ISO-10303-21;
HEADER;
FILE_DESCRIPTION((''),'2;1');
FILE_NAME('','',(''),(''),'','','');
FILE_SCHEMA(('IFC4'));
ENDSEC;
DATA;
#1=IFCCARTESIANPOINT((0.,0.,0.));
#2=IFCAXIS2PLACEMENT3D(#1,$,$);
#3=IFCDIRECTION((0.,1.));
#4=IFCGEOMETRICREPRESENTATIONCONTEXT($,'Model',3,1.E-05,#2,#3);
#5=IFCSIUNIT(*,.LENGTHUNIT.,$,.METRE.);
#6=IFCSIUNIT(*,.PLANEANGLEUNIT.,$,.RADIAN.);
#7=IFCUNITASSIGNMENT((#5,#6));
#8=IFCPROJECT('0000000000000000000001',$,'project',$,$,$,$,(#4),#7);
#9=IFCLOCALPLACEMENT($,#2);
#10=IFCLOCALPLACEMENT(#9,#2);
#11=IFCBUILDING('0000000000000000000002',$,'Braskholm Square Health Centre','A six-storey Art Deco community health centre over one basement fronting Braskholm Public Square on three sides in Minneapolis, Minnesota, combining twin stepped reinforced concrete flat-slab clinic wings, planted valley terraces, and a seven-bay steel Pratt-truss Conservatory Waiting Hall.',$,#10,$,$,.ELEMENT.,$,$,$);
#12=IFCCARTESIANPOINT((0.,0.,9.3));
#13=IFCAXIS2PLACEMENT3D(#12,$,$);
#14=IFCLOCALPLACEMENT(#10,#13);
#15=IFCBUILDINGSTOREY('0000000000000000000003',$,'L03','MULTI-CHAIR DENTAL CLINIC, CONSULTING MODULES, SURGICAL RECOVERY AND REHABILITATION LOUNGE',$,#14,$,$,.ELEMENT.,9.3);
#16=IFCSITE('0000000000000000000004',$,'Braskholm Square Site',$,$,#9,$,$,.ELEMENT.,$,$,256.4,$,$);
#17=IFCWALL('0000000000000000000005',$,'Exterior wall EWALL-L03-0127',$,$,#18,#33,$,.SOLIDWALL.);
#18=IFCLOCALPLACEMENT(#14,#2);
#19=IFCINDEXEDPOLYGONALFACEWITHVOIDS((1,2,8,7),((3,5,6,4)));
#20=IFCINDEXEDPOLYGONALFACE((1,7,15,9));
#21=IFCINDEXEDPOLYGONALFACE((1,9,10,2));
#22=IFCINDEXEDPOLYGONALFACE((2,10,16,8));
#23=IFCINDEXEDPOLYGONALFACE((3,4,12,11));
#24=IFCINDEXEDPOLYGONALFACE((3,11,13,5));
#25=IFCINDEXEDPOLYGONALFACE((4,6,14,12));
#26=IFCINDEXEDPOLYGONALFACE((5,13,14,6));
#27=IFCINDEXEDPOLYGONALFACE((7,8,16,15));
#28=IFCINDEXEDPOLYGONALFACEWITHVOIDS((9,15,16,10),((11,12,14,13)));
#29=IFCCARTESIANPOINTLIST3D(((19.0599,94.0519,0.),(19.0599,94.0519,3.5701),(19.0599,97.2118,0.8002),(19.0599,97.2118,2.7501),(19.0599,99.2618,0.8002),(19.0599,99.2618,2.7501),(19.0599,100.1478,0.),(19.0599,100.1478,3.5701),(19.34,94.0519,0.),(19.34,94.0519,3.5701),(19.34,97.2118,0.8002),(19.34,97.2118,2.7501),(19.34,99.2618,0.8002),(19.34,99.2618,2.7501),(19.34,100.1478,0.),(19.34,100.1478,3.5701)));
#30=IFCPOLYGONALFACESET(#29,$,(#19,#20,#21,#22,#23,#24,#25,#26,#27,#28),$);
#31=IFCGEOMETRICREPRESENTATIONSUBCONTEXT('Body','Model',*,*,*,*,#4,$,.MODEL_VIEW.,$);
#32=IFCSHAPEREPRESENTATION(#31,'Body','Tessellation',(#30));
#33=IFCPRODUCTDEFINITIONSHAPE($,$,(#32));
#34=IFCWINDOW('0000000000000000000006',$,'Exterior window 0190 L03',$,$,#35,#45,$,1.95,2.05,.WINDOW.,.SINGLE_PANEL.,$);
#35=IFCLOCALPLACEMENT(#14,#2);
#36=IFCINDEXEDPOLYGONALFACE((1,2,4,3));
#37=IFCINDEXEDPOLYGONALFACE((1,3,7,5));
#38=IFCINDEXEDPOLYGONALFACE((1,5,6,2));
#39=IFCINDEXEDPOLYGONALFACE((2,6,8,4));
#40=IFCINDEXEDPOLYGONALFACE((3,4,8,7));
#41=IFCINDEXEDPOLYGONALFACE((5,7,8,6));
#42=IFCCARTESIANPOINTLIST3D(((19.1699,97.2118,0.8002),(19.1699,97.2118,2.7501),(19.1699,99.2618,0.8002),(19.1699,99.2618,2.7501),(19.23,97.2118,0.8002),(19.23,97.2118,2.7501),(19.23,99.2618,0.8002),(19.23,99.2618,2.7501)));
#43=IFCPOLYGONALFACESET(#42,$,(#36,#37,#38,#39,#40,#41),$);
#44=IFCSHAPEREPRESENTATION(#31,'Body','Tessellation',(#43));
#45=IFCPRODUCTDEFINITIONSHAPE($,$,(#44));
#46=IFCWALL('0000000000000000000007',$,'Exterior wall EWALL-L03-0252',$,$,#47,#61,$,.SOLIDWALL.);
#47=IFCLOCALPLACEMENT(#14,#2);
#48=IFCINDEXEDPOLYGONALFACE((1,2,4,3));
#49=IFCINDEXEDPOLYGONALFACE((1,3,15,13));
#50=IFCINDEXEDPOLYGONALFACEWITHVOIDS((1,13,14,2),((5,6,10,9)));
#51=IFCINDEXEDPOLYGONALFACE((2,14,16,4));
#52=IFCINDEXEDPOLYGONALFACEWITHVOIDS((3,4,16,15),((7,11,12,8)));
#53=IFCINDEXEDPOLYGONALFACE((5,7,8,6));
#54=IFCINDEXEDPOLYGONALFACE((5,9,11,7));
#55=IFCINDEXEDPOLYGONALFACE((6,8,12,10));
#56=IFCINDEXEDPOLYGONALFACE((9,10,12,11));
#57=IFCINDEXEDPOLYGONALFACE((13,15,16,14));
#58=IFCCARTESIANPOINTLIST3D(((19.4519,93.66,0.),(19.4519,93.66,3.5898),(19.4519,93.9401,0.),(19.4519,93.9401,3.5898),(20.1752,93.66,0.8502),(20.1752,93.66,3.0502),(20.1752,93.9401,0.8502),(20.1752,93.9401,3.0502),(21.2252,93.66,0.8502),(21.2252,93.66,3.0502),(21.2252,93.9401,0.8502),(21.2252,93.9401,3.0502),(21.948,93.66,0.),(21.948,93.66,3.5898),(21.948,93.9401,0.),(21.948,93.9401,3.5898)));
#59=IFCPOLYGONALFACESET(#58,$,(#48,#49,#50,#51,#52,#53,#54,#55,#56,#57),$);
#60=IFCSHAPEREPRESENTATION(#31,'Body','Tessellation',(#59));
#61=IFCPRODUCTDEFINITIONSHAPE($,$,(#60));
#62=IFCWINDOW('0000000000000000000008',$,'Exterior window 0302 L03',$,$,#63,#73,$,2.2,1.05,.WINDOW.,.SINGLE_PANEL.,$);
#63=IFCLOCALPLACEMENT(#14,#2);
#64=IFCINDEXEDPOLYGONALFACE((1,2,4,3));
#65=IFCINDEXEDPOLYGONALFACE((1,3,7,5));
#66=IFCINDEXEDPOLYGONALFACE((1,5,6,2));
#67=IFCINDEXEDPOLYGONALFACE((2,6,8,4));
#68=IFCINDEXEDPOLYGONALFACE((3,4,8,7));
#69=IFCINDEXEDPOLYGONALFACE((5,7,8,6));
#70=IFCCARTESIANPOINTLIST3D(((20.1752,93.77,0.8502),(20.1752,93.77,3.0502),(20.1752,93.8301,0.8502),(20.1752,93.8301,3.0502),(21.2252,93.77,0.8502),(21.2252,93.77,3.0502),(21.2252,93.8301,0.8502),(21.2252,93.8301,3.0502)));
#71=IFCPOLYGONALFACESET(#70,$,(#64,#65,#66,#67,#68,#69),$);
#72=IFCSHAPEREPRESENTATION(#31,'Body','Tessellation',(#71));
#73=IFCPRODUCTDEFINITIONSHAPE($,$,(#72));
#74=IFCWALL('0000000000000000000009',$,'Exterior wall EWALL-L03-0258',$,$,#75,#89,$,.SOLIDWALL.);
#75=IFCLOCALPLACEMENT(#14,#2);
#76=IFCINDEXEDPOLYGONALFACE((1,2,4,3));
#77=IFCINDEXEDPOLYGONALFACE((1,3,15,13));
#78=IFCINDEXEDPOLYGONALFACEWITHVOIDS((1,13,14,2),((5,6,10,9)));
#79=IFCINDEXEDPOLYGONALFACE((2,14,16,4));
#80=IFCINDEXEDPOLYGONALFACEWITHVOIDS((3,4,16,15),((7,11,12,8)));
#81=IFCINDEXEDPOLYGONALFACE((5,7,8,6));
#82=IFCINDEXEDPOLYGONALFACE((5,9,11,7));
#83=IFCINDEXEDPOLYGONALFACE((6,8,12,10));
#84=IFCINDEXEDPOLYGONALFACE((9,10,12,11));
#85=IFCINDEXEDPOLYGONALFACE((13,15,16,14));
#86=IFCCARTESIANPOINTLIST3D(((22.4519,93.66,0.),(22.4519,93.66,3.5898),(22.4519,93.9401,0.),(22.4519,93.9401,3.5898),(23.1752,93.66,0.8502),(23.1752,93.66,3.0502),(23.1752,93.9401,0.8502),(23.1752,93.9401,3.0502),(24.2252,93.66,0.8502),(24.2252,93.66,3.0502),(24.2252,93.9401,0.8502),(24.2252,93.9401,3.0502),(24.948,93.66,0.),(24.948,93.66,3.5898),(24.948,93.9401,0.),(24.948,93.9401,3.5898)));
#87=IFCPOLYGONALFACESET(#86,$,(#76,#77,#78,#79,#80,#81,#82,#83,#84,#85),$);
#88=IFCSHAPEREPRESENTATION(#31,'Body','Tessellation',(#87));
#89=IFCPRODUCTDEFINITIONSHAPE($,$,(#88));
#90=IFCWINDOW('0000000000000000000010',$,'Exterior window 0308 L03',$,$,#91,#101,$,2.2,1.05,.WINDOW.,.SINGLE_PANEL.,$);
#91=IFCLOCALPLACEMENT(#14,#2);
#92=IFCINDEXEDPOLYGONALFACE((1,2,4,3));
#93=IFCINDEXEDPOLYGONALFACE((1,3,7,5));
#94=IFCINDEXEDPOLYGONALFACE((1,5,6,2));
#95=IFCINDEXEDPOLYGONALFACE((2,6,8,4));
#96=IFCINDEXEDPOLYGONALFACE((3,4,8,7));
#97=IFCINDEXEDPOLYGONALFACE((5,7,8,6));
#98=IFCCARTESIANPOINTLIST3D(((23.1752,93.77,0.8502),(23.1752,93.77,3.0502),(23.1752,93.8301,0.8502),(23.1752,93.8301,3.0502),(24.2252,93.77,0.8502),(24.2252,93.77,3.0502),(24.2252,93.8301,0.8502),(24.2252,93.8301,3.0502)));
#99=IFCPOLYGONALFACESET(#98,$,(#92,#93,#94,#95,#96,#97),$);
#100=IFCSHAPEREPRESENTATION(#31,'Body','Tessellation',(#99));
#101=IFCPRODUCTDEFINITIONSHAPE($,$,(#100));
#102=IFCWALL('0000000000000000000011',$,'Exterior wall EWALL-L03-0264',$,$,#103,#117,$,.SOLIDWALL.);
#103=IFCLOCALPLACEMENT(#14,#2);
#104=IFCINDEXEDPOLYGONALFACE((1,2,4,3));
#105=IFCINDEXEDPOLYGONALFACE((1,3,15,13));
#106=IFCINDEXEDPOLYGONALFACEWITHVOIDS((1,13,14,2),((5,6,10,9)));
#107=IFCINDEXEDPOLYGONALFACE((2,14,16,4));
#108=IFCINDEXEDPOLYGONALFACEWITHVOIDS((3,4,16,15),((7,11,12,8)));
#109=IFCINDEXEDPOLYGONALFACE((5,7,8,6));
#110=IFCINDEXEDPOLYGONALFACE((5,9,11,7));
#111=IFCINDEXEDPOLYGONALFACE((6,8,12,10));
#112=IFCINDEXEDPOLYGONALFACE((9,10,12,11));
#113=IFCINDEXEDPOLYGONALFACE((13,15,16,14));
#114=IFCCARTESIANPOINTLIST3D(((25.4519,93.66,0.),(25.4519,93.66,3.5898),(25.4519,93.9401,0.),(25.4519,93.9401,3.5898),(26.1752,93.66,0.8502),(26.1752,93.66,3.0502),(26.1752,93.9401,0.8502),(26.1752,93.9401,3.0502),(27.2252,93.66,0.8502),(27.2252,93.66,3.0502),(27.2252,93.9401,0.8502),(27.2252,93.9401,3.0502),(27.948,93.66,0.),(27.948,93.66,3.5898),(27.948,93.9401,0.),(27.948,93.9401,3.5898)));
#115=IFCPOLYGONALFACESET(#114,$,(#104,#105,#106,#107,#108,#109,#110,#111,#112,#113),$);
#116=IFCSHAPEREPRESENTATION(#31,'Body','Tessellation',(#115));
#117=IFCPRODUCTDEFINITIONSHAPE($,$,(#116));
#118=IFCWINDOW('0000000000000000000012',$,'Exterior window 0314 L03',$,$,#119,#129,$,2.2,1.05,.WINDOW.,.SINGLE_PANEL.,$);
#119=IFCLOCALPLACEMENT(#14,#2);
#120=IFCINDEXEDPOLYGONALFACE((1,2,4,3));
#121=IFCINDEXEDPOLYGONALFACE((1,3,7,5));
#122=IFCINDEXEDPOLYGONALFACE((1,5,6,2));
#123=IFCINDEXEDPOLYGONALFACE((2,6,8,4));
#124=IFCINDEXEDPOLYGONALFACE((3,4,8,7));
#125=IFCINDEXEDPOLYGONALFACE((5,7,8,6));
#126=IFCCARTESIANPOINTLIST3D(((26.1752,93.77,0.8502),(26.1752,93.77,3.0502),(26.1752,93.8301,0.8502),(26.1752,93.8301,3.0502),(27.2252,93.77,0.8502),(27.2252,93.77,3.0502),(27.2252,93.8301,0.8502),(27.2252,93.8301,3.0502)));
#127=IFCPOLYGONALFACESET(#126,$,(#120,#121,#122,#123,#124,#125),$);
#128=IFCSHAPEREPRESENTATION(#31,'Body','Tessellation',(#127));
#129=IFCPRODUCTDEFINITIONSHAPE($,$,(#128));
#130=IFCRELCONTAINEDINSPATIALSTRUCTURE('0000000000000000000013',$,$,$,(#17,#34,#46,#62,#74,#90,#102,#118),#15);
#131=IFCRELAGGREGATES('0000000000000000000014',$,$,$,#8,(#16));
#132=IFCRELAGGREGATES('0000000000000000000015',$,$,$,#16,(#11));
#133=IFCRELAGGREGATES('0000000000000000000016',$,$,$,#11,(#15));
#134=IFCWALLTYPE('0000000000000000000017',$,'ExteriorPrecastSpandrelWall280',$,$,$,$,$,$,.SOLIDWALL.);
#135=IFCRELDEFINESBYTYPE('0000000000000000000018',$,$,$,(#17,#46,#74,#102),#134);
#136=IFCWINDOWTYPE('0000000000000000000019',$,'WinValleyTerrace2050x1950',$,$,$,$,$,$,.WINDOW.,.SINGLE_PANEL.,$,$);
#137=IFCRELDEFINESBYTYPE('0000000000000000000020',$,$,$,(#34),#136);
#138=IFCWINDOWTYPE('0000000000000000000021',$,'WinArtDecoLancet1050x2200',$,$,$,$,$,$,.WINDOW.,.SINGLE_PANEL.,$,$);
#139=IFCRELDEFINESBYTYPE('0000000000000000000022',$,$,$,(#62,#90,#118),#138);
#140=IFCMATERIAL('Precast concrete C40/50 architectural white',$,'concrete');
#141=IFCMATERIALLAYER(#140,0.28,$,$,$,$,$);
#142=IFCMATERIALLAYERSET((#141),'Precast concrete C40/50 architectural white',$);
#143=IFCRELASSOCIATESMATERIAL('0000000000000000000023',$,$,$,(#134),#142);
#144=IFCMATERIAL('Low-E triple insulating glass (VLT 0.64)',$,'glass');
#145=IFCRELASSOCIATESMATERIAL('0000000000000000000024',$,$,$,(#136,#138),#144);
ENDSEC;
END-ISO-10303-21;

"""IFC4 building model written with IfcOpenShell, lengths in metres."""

from ifc_helpers import new_model, si_unit, direction, frame, frame_2d, origin, origin_with_axes, place, context, subcontext, project, spatial, rectangle, extrude, material, layer, layer_set, type_object, element, fill, save


model = new_model("IFC4")

# Units and contexts
model_context = context("Model", 3, precision=1e-05, world=origin(), true_north=direction((0.0, 1.0)))
body_context = subcontext(model_context, "Body", "Model", "MODEL_VIEW")
ifc_project = project(units=[si_unit("LENGTHUNIT", "METRE"), si_unit("PLANEANGLEUNIT", "RADIAN")], contexts=[model_context])

# Site, building, storey
site_placement = place(None, origin())
site = spatial("IfcSite", under=ifc_project, at=site_placement, Name="Braskholm Square Site", CompositionType="ELEMENT", RefElevation=256.4)
building_placement = place(site_placement, origin())
building = spatial("IfcBuilding", under=site, at=building_placement, Name="Braskholm Square Health Centre", Description="A six-storey Art Deco community health centre over one basement fronting Braskholm Public Square on three sides in Minneapolis, Minnesota, combining twin stepped reinforced concrete flat-slab clinic wings, planted valley terraces, and a seven-bay steel Pratt-truss Conservatory Waiting Hall.", CompositionType="ELEMENT")
storey_placement = place(building_placement, frame((0.0, 0.0, 9.3)))
storey = spatial("IfcBuildingStorey", under=building, at=storey_placement, Name="L03", Description="MULTI-CHAIR DENTAL CLINIC, CONSULTING MODULES, SURGICAL RECOVERY AND REHABILITATION LOUNGE", CompositionType="ELEMENT", Elevation=9.3)

# Shared definitions
ifc_material_1 = material(Name="Precast concrete C40/50 architectural white", Category="concrete")

# Walls, openings, windows
ifc_layer_1 = layer(ifc_material_1, 0.28)
ifc_layer_set_1 = layer_set([ifc_layer_1], Name="Precast concrete C40/50 architectural white")
wall_type_1 = type_object("IfcWallType", Name="ExteriorPrecastSpandrelWall280", PredefinedType="SOLIDWALL", material=ifc_layer_set_1)
wall_1_placement = place(storey_placement, frame((19.2, 94.052, 0.0), z_axis=(0.0, 0.0, 1.0), x_axis=(0.0, 1.0, 0.0)))
wall_1 = element("IfcWall", 1, at=wall_1_placement, inside=storey, type_object=wall_type_1, Name="Exterior wall EWALL-L03-0127", PredefinedType="SOLIDWALL", context=body_context, shape_type="SweptSolid", body=[
    extrude(rectangle(XDim=6.0959, YDim=0.28, at=frame_2d((3.0479, 0.0))), origin(), (0.0, 0.0, 1.0), 3.5701),
])
opening_1_placement = place(wall_1_placement, frame((3.1599, 0.0, 0.8)))
opening_1 = element("IfcOpeningElement", 2, at=opening_1_placement, cuts=wall_1, PredefinedType="OPENING", context=body_context, shape_type="SweptSolid", body=[
    extrude(rectangle(XDim=2.05, YDim=1.95, at=frame_2d((1.0249, 0.9751))), frame((0.0, 0.1499, 0.0), z_axis=(0.0, -1.0, 0.0), x_axis=(1.0, 0.0, 0.0)), (0.0, 0.0, 1.0), 0.3),
])
ifc_material_2 = material(Name="Low-E triple insulating glass (VLT 0.64)", Category="glass")
window_type_1 = type_object("IfcWindowType", Name="WinValleyTerrace2050x1950", PartitioningType="SINGLE_PANEL", PredefinedType="WINDOW", material=ifc_material_2)
window_1_placement = place(opening_1_placement, origin_with_axes())
window_1 = element("IfcWindow", 3, at=window_1_placement, inside=storey, type_object=window_type_1, Name="Exterior window 0190 L03", OverallHeight=1.95, OverallWidth=2.05, PartitioningType="SINGLE_PANEL", PredefinedType="WINDOW", context=body_context, shape_type="SweptSolid", body=[
    extrude(rectangle(XDim=2.05, YDim=1.95, at=frame_2d((1.0249, 0.9751))), frame((0.0, 0.03, 0.0), z_axis=(0.0, -1.0, 0.0), x_axis=(1.0, 0.0, 0.0)), (0.0, 0.0, 1.0), 0.0601),
])
fill(opening_1, window_1)
wall_2_placement = place(storey_placement, frame((21.948, 93.8, 0.0), z_axis=(0.0, 0.0, 1.0), x_axis=(-1.0, 0.0, 0.0)))
wall_2 = element("IfcWall", 4, at=wall_2_placement, inside=storey, type_object=wall_type_1, Name="Exterior wall EWALL-L03-0252", PredefinedType="SOLIDWALL", context=body_context, shape_type="SweptSolid", body=[
    extrude(rectangle(XDim=2.4961, YDim=0.28, at=frame_2d((1.248, 0.0))), origin(), (0.0, 0.0, 1.0), 3.5898),
])
opening_2_placement = place(wall_2_placement, frame((0.7229, 0.0, 0.8501)))
opening_2 = element("IfcOpeningElement", 5, at=opening_2_placement, cuts=wall_2, PredefinedType="OPENING", context=body_context, shape_type="SweptSolid", body=[
    extrude(rectangle(XDim=1.05, YDim=2.2, at=frame_2d((0.5249, 1.1001))), frame((0.0, 0.1499, 0.0), z_axis=(0.0, -1.0, 0.0), x_axis=(1.0, 0.0, 0.0)), (0.0, 0.0, 1.0), 0.3),
])
window_type_2 = type_object("IfcWindowType", Name="WinArtDecoLancet1050x2200", PartitioningType="SINGLE_PANEL", PredefinedType="WINDOW", material=ifc_material_2)
window_2_placement = place(opening_2_placement, origin_with_axes())
window_2 = element("IfcWindow", 6, at=window_2_placement, inside=storey, type_object=window_type_2, Name="Exterior window 0302 L03", OverallHeight=2.2, OverallWidth=1.05, PartitioningType="SINGLE_PANEL", PredefinedType="WINDOW", context=body_context, shape_type="SweptSolid", body=[
    extrude(rectangle(XDim=1.05, YDim=2.2, at=frame_2d((0.5249, 1.1001))), frame((0.0, 0.03, 0.0), z_axis=(0.0, -1.0, 0.0), x_axis=(1.0, 0.0, 0.0)), (0.0, 0.0, 1.0), 0.0601),
])
fill(opening_2, window_2)
wall_3_placement = place(storey_placement, frame((24.948, 93.8, 0.0), z_axis=(0.0, 0.0, 1.0), x_axis=(-1.0, 0.0, 0.0)))
wall_3 = element("IfcWall", 7, at=wall_3_placement, inside=storey, type_object=wall_type_1, Name="Exterior wall EWALL-L03-0258", PredefinedType="SOLIDWALL", context=body_context, shape_type="SweptSolid", body=[
    extrude(rectangle(XDim=2.4961, YDim=0.28, at=frame_2d((1.248, 0.0))), origin(), (0.0, 0.0, 1.0), 3.5898),
])
opening_3_placement = place(wall_3_placement, frame((0.7229, 0.0, 0.8501)))
opening_3 = element("IfcOpeningElement", 8, at=opening_3_placement, cuts=wall_3, PredefinedType="OPENING", context=body_context, shape_type="SweptSolid", body=[
    extrude(rectangle(XDim=1.05, YDim=2.2, at=frame_2d((0.5249, 1.1001))), frame((0.0, 0.1499, 0.0), z_axis=(0.0, -1.0, 0.0), x_axis=(1.0, 0.0, 0.0)), (0.0, 0.0, 1.0), 0.3),
])
window_3_placement = place(opening_3_placement, origin_with_axes())
window_3 = element("IfcWindow", 9, at=window_3_placement, inside=storey, type_object=window_type_2, Name="Exterior window 0308 L03", OverallHeight=2.2, OverallWidth=1.05, PartitioningType="SINGLE_PANEL", PredefinedType="WINDOW", context=body_context, shape_type="SweptSolid", body=[
    extrude(rectangle(XDim=1.05, YDim=2.2, at=frame_2d((0.5249, 1.1001))), frame((0.0, 0.03, 0.0), z_axis=(0.0, -1.0, 0.0), x_axis=(1.0, 0.0, 0.0)), (0.0, 0.0, 1.0), 0.0601),
])
fill(opening_3, window_3)
wall_4_placement = place(storey_placement, frame((27.948, 93.8, 0.0), z_axis=(0.0, 0.0, 1.0), x_axis=(-1.0, 0.0, 0.0)))
wall_4 = element("IfcWall", 10, at=wall_4_placement, inside=storey, type_object=wall_type_1, Name="Exterior wall EWALL-L03-0264", PredefinedType="SOLIDWALL", context=body_context, shape_type="SweptSolid", body=[
    extrude(rectangle(XDim=2.4961, YDim=0.28, at=frame_2d((1.248, 0.0))), origin(), (0.0, 0.0, 1.0), 3.5898),
])
opening_4_placement = place(wall_4_placement, frame((0.7229, 0.0, 0.8501)))
opening_4 = element("IfcOpeningElement", 11, at=opening_4_placement, cuts=wall_4, PredefinedType="OPENING", context=body_context, shape_type="SweptSolid", body=[
    extrude(rectangle(XDim=1.05, YDim=2.2, at=frame_2d((0.5249, 1.1001))), frame((0.0, 0.1499, 0.0), z_axis=(0.0, -1.0, 0.0), x_axis=(1.0, 0.0, 0.0)), (0.0, 0.0, 1.0), 0.3),
])
window_4_placement = place(opening_4_placement, origin_with_axes())
window_4 = element("IfcWindow", 12, at=window_4_placement, inside=storey, type_object=window_type_2, Name="Exterior window 0314 L03", OverallHeight=2.2, OverallWidth=1.05, PartitioningType="SINGLE_PANEL", PredefinedType="WINDOW", context=body_context, shape_type="SweptSolid", body=[
    extrude(rectangle(XDim=1.05, YDim=2.2, at=frame_2d((0.5249, 1.1001))), frame((0.0, 0.03, 0.0), z_axis=(0.0, -1.0, 0.0), x_axis=(1.0, 0.0, 0.0)), (0.0, 0.0, 1.0), 0.0601),
])
fill(opening_4, window_4)

save(model, "model.ifc")
